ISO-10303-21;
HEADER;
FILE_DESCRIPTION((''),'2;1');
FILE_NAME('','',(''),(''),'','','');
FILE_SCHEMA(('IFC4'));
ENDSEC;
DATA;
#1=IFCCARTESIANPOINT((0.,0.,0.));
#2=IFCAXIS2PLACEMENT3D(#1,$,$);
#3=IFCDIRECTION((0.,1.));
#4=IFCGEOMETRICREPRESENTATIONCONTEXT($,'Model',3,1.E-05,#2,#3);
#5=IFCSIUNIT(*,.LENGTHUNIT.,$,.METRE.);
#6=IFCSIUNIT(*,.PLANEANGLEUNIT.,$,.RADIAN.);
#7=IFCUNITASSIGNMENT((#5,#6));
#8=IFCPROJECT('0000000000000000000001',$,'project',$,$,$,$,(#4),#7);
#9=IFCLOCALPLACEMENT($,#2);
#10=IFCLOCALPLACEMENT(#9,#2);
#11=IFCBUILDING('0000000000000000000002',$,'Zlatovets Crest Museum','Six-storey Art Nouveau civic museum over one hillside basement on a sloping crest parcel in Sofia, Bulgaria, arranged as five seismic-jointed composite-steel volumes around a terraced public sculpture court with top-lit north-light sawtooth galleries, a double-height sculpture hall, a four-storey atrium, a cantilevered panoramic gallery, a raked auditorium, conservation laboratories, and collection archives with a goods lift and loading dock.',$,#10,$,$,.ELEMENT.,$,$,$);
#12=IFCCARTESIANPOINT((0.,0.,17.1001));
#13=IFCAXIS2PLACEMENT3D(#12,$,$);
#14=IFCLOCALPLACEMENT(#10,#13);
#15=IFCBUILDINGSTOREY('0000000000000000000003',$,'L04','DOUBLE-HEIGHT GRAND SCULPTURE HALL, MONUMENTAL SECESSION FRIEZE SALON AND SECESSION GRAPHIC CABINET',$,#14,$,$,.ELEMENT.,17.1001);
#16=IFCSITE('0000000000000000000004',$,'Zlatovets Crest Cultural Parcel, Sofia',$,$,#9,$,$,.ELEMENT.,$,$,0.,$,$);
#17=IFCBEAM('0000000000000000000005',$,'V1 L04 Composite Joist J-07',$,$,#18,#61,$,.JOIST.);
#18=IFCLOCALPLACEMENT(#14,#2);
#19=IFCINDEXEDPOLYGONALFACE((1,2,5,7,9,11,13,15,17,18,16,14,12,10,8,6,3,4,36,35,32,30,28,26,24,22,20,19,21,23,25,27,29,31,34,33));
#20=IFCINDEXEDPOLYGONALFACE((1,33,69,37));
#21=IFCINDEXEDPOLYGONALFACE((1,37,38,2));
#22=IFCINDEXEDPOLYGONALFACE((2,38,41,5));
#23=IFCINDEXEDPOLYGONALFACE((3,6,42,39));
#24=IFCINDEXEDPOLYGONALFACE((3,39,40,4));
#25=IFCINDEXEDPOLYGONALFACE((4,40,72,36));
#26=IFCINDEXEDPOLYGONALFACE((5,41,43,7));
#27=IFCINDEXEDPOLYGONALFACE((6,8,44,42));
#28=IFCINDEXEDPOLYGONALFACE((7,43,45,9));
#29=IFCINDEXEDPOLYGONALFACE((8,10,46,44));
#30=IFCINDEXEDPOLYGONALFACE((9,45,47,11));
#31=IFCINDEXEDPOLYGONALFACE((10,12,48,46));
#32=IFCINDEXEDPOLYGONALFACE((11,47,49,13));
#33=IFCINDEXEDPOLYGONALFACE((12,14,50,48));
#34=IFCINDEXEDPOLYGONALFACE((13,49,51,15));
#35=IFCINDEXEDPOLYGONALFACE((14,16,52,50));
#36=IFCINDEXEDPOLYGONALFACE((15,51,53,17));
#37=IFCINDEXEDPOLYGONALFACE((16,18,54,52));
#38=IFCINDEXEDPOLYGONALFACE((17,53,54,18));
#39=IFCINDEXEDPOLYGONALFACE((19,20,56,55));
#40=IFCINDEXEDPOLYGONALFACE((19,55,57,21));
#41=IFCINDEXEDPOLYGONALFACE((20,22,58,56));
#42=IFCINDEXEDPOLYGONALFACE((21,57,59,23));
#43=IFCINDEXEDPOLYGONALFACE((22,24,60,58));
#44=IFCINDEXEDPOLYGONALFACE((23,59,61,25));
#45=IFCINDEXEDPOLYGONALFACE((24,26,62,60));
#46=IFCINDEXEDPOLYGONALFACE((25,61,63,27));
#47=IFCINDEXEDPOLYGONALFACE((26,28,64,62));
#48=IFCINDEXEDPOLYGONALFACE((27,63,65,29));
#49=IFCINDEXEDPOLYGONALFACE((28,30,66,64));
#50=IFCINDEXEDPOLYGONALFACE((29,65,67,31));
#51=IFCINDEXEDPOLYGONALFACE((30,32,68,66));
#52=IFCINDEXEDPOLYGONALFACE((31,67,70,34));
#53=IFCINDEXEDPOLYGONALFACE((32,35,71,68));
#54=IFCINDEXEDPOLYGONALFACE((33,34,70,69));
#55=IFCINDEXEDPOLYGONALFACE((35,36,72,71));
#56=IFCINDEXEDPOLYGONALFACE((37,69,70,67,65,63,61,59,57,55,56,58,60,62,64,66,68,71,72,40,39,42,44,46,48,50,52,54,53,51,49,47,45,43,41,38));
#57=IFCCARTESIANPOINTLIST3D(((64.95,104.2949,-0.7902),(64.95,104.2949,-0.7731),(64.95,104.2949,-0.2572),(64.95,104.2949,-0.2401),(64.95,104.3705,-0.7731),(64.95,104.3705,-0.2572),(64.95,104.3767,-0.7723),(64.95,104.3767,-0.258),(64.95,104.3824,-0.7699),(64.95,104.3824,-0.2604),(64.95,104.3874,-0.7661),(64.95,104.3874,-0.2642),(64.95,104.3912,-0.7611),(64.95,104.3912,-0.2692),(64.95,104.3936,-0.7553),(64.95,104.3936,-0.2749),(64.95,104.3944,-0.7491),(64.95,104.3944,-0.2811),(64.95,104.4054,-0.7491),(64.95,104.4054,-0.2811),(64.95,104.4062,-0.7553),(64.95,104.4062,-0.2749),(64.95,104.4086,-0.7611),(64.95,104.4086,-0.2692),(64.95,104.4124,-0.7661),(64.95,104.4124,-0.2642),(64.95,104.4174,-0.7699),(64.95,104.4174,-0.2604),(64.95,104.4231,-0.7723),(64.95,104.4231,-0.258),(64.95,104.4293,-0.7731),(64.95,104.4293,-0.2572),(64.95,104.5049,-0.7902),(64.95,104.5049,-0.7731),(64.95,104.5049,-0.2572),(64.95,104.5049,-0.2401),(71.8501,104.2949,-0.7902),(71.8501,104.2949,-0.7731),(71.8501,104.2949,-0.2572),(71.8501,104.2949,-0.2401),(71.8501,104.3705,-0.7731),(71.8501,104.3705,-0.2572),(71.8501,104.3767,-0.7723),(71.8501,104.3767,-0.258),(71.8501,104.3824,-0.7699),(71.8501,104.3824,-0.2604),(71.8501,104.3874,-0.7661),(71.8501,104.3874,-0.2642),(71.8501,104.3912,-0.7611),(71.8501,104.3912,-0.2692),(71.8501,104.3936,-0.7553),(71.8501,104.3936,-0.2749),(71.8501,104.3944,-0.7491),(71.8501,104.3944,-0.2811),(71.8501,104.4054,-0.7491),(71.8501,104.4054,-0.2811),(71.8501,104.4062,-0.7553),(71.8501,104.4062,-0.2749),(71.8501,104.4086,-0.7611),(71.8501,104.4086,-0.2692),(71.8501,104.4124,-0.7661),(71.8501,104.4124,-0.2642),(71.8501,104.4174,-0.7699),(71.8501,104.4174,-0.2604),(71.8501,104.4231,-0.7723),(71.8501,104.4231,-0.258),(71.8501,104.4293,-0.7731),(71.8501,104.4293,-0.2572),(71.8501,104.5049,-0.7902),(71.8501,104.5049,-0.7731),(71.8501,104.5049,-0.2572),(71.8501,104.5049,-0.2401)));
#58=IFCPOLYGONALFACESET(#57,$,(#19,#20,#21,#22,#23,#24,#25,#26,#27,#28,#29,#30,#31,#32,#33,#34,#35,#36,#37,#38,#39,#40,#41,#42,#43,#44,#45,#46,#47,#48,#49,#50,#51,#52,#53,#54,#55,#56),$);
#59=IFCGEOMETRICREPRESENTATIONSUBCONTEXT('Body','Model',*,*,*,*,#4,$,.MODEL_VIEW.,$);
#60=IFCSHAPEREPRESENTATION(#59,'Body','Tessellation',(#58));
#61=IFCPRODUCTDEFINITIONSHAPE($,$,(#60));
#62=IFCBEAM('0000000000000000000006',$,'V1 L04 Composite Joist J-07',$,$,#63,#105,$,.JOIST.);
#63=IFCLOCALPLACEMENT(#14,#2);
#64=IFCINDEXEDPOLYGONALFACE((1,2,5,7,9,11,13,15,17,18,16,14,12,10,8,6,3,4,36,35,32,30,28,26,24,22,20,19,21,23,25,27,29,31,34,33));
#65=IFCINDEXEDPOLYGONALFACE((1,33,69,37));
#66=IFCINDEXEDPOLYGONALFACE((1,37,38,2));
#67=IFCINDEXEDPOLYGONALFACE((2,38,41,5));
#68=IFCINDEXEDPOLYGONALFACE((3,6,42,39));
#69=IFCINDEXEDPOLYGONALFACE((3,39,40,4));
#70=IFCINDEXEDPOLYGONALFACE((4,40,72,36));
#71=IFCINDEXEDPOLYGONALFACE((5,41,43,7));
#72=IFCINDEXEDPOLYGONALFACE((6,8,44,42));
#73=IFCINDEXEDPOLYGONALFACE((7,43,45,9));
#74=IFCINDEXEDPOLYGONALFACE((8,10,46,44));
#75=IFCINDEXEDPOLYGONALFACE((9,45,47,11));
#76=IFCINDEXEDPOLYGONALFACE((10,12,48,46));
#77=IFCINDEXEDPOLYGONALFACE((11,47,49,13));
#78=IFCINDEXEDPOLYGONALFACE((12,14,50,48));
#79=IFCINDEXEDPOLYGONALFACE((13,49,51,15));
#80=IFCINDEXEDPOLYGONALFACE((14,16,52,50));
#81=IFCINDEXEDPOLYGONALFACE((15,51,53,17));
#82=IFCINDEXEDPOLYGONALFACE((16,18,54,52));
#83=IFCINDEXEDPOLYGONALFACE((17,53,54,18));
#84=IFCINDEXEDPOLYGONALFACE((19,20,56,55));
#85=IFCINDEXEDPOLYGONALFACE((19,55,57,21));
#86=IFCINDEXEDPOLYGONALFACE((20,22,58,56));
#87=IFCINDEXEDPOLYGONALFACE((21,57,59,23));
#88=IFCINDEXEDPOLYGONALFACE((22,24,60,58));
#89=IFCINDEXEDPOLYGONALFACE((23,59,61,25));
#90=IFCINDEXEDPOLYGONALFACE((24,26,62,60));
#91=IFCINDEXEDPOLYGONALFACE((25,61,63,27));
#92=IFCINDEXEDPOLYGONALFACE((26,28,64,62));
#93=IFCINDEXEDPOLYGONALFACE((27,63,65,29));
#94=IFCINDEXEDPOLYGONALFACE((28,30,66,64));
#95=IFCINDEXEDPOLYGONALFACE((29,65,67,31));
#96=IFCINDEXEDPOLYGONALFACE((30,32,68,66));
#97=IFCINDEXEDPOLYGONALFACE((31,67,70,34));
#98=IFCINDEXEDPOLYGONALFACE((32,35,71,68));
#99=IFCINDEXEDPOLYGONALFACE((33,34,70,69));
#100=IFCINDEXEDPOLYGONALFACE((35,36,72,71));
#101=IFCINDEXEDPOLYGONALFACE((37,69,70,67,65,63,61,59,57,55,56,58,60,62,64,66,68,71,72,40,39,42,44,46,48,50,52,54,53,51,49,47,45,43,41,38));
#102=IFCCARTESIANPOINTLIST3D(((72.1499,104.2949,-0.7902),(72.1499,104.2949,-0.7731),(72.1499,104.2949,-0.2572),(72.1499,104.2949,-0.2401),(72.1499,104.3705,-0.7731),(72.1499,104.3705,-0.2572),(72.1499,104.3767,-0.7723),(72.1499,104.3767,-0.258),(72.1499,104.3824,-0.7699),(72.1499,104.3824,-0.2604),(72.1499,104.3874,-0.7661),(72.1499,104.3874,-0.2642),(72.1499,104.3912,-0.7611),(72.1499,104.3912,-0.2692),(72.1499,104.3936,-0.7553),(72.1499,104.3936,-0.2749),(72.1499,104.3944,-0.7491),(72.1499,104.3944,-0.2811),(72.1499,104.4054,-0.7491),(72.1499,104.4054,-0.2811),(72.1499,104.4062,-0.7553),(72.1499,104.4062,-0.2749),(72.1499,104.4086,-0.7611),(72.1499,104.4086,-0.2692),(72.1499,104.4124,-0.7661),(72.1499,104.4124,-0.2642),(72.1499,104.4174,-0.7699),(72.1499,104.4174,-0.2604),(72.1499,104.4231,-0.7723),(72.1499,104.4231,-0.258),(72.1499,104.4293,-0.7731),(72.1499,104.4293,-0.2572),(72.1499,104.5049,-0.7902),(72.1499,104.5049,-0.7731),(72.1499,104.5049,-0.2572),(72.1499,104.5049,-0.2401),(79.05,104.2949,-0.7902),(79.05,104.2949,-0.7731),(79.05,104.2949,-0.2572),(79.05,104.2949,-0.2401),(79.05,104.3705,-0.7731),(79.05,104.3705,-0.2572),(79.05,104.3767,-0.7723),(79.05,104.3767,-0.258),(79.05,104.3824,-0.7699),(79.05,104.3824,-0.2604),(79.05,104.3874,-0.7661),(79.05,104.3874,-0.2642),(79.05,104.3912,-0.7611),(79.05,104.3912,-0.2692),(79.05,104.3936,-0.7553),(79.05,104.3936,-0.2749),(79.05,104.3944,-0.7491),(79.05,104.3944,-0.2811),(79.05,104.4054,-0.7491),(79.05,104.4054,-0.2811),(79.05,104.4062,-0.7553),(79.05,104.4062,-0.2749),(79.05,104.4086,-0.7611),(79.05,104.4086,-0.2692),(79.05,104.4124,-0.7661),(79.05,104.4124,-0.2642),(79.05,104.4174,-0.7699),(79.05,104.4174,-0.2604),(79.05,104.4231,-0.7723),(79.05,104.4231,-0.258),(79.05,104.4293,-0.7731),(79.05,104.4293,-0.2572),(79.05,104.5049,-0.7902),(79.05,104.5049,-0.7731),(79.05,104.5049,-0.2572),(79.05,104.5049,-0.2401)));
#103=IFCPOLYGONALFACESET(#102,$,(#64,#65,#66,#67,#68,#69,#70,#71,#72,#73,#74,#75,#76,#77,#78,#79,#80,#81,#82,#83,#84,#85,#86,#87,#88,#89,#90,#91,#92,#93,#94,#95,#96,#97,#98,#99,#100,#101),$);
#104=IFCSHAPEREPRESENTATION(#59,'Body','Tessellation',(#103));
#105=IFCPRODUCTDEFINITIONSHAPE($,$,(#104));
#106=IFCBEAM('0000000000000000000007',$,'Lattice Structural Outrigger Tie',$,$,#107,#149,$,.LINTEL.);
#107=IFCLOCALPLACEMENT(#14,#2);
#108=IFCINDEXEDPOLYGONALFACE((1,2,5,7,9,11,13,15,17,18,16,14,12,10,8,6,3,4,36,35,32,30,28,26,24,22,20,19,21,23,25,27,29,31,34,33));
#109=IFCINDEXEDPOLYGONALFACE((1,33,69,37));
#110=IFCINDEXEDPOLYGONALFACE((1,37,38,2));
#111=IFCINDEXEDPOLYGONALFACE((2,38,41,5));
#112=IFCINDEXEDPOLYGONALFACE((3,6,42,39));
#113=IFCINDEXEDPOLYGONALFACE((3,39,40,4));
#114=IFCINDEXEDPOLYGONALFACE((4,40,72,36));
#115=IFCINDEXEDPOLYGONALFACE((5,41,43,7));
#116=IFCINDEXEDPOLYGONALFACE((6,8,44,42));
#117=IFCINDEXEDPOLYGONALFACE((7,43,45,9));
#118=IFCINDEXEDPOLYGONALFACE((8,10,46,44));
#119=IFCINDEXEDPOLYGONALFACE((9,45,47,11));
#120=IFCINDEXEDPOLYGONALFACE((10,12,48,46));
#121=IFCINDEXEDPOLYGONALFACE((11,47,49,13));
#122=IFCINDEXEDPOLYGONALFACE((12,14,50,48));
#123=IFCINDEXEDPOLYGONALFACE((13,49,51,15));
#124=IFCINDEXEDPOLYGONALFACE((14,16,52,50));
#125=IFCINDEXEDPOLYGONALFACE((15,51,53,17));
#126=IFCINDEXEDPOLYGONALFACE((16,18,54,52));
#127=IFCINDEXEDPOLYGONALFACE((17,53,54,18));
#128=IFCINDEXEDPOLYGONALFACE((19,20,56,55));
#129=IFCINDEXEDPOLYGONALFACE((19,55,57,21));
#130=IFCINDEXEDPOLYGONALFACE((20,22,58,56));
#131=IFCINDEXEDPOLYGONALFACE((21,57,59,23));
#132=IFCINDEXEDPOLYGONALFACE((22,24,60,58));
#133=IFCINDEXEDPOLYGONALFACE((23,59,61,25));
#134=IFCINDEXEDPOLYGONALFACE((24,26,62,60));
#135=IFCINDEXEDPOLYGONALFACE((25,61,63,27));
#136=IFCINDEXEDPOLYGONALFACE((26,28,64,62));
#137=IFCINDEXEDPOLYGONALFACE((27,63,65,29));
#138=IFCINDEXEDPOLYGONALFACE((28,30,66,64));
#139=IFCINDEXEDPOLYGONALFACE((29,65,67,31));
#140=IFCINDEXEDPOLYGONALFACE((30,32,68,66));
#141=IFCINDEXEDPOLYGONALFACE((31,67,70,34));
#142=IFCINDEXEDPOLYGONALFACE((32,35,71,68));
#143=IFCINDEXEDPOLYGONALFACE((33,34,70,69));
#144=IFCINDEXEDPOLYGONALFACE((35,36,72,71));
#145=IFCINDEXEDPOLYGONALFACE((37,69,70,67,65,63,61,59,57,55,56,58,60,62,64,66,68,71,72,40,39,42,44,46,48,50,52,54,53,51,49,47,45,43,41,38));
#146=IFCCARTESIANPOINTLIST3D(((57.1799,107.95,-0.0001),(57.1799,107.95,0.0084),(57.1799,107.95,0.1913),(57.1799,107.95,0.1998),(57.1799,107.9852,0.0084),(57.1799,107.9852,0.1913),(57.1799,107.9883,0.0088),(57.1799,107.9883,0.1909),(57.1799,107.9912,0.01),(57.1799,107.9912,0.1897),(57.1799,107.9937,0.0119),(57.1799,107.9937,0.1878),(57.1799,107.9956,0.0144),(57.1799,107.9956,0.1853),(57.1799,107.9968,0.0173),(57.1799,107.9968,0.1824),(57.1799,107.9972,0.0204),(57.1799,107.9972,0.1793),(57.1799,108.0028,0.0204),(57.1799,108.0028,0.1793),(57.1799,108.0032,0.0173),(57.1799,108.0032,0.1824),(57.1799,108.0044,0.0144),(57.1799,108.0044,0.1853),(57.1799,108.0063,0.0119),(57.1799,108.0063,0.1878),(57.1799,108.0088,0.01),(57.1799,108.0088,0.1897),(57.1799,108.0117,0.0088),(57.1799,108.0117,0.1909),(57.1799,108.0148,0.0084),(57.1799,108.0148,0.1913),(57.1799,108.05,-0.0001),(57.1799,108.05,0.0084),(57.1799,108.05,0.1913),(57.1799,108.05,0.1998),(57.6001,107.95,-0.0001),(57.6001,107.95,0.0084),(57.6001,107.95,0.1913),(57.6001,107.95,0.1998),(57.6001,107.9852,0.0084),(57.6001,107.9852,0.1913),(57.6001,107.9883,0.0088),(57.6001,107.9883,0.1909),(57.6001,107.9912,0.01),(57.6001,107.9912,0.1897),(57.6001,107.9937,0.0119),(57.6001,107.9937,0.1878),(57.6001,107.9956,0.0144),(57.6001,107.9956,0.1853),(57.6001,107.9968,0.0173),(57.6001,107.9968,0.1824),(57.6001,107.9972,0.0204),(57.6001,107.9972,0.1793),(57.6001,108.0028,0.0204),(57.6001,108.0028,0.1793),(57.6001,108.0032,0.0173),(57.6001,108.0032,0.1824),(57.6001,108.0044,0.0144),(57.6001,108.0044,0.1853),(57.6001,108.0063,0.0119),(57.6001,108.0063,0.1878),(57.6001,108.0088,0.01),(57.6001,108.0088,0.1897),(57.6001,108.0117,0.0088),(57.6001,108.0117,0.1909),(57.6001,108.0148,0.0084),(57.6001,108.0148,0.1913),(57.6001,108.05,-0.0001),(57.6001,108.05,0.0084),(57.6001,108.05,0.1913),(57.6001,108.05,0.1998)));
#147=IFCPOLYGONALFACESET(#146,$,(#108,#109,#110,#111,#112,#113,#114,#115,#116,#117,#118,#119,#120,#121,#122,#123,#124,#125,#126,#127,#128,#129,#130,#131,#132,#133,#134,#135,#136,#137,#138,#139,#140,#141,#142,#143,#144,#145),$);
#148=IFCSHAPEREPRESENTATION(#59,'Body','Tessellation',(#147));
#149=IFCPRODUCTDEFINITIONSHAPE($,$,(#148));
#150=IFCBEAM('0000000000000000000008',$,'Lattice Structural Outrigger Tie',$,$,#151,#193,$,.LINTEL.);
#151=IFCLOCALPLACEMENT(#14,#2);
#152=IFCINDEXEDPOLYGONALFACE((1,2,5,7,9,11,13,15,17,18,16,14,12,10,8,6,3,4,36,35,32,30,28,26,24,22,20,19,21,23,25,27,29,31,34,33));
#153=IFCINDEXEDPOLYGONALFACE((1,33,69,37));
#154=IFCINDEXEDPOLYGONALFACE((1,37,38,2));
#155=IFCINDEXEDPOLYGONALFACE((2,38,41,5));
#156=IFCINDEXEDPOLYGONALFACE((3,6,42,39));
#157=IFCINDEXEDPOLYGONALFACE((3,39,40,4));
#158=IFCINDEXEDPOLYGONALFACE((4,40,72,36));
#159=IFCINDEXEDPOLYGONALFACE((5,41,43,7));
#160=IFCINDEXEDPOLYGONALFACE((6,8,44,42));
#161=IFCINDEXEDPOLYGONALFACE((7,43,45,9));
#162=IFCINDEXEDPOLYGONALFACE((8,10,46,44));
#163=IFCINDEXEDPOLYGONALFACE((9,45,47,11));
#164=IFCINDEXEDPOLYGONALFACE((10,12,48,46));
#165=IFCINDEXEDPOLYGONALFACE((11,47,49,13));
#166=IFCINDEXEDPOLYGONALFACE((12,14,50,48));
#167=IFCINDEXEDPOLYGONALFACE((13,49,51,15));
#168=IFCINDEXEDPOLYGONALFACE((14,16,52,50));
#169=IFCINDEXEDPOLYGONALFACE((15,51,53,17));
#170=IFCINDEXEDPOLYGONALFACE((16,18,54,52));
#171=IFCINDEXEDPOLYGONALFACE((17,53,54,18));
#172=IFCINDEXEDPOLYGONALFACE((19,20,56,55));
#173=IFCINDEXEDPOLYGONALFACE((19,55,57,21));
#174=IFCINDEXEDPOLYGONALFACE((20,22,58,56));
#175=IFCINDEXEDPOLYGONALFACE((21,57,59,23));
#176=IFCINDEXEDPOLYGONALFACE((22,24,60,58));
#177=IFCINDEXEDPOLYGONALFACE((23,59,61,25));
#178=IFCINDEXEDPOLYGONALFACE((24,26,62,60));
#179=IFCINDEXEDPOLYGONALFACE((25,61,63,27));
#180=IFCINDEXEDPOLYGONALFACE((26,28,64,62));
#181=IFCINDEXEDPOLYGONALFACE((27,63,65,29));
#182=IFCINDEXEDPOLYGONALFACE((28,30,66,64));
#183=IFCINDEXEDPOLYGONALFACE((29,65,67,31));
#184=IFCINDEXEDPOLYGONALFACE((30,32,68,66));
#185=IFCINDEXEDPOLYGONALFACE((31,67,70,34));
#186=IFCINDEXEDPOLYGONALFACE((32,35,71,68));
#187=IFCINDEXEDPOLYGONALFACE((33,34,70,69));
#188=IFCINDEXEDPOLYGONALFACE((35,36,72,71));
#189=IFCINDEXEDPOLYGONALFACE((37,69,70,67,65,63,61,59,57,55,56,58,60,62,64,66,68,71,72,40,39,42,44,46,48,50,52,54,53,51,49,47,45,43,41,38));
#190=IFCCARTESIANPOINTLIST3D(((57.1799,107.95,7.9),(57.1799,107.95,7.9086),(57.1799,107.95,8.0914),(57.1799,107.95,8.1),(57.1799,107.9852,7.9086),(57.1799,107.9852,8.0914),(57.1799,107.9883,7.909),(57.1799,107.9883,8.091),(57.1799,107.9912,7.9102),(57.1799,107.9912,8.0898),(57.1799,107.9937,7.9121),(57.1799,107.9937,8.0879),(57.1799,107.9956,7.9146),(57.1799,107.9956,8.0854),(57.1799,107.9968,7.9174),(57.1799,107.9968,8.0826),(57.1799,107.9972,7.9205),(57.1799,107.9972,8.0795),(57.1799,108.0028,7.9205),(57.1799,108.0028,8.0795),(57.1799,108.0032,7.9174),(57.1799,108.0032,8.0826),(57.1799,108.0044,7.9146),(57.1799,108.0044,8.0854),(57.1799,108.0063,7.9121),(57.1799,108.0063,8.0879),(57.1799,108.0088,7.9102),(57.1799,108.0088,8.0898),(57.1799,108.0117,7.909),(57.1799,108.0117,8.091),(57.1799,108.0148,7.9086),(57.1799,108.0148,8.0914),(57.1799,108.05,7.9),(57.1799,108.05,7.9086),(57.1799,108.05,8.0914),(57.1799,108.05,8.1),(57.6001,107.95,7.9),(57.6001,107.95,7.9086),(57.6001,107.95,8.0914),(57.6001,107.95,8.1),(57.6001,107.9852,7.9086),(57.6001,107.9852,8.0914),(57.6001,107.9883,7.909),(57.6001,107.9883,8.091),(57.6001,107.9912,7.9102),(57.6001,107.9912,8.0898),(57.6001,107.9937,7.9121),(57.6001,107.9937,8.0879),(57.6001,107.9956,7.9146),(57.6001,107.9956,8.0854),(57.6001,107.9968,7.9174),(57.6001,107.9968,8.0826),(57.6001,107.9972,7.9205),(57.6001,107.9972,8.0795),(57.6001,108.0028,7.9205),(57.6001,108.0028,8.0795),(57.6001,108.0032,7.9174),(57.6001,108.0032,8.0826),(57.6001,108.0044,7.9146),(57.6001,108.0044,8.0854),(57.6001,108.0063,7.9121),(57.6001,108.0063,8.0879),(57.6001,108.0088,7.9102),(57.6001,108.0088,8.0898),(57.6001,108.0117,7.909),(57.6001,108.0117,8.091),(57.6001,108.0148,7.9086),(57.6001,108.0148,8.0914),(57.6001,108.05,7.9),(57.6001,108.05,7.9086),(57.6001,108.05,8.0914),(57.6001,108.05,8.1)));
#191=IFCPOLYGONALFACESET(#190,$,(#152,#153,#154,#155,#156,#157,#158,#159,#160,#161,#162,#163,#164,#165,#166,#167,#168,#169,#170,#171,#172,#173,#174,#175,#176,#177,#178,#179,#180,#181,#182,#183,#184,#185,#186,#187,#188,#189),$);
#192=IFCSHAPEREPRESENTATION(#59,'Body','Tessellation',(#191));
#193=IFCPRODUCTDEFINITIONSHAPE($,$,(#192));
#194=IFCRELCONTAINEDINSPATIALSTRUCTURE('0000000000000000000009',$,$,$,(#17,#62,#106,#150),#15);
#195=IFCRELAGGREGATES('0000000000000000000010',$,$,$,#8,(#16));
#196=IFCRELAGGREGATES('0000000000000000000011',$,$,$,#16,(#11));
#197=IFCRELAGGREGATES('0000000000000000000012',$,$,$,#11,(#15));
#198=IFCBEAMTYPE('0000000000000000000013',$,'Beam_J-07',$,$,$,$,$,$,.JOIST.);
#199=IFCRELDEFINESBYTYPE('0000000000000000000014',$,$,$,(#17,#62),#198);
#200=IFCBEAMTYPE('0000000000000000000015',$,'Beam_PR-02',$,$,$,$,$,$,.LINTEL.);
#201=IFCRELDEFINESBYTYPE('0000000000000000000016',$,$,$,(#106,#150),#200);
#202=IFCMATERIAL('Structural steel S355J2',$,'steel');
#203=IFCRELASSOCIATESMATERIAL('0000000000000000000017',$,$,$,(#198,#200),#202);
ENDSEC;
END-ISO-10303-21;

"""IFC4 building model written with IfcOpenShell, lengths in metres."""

from ifc_helpers import new_model, si_unit, direction, frame, origin, origin_2d, place, context, subcontext, project, spatial, i_section, extrude, material, material_profile, profile_set, type_object, element, save


model = new_model("IFC4")

# Units and contexts
model_context = context("Model", 3, precision=1e-05, world=origin(), true_north=direction((0.0, 1.0)))
body_context = subcontext(model_context, "Body", "Model", "MODEL_VIEW")
ifc_project = project(units=[si_unit("LENGTHUNIT", "METRE"), si_unit("PLANEANGLEUNIT", "RADIAN")], contexts=[model_context])

# Site, building, storey
site_placement = place(None, origin())
site = spatial("IfcSite", under=ifc_project, at=site_placement, Name="Zlatovets Crest Cultural Parcel, Sofia", CompositionType="ELEMENT", RefElevation=0.0)
building_placement = place(site_placement, origin())
building = spatial("IfcBuilding", under=site, at=building_placement, Name="Zlatovets Crest Museum", Description="Six-storey Art Nouveau civic museum over one hillside basement on a sloping crest parcel in Sofia, Bulgaria, arranged as five seismic-jointed composite-steel volumes around a terraced public sculpture court with top-lit north-light sawtooth galleries, a double-height sculpture hall, a four-storey atrium, a cantilevered panoramic gallery, a raked auditorium, conservation laboratories, and collection archives with a goods lift and loading dock.", CompositionType="ELEMENT")
storey_placement = place(building_placement, frame((0.0, 0.0, 17.1001)))
storey = spatial("IfcBuildingStorey", under=building, at=storey_placement, Name="L04", Description="DOUBLE-HEIGHT GRAND SCULPTURE HALL, MONUMENTAL SECESSION FRIEZE SALON AND SECESSION GRAPHIC CABINET", CompositionType="ELEMENT", Elevation=17.1001)

# Shared definitions
ifc_material_1 = material(Name="Structural steel S355J2", Category="steel")

# Beams
ifc_material_profile_1 = material_profile(ifc_material_1, i_section(OverallWidth=0.21, OverallDepth=0.55, WebThickness=0.011, FlangeThickness=0.0171, FilletRadius=0.0239, at=origin_2d()), Name="IPE 550")
ifc_profile_set_1 = profile_set([ifc_material_profile_1], Name="Structural steel S355J2")
beam_type_1 = type_object("IfcBeamType", Name="Beam_J-07", PredefinedType="JOIST", material=ifc_profile_set_1)
for number, where, z_axis, x_axis, name in (
    (1, (64.95, 104.3999, -0.5151), (1.0, 0.0, 0.0), (0.0, 1.0, 0.0), "V1 L04 Composite Joist J-07"),
    (2, (72.1499, 104.3999, -0.5151), (1.0, 0.0, 0.0), (0.0, 1.0, 0.0), "V1 L04 Composite Joist J-07"),
):
    element("IfcBeam", number, at=place(storey_placement, frame(where, z_axis=z_axis, x_axis=x_axis)), inside=storey, type_object=beam_type_1, Name=name, PredefinedType="JOIST", context=body_context, shape_type="SweptSolid", body=[
        extrude(i_section(OverallWidth=0.21, OverallDepth=0.55, WebThickness=0.011, FlangeThickness=0.0171, FilletRadius=0.0239, at=origin_2d()), origin(), (0.0, 0.0, 1.0), 6.9001),
    ])
ifc_material_profile_2 = material_profile(ifc_material_1, i_section(OverallWidth=0.1001, OverallDepth=0.2, WebThickness=0.0056, FlangeThickness=0.0085, FilletRadius=0.012, at=origin_2d()), Name="IPE 200")
ifc_profile_set_2 = profile_set([ifc_material_profile_2], Name="Structural steel S355J2")
beam_type_2 = type_object("IfcBeamType", Name="Beam_PR-02", PredefinedType="LINTEL", material=ifc_profile_set_2)
for number, where, z_axis, x_axis, name in (
    (3, (57.6001, 108.0, 0.0999), (-1.0, 0.0, 0.0), (0.0, -1.0, 0.0), "Lattice Structural Outrigger Tie"),
    (4, (57.6001, 108.0, 8.0), (-1.0, 0.0, 0.0), (0.0, -1.0, 0.0), "Lattice Structural Outrigger Tie"),
):
    element("IfcBeam", number, at=place(storey_placement, frame(where, z_axis=z_axis, x_axis=x_axis)), inside=storey, type_object=beam_type_2, Name=name, PredefinedType="LINTEL", context=body_context, shape_type="SweptSolid", body=[
        extrude(i_section(OverallWidth=0.1001, OverallDepth=0.2, WebThickness=0.0056, FlangeThickness=0.0085, FilletRadius=0.012, at=origin_2d()), origin(), (0.0, 0.0, 1.0), 0.4202),
    ])

save(model, "model.ifc")
